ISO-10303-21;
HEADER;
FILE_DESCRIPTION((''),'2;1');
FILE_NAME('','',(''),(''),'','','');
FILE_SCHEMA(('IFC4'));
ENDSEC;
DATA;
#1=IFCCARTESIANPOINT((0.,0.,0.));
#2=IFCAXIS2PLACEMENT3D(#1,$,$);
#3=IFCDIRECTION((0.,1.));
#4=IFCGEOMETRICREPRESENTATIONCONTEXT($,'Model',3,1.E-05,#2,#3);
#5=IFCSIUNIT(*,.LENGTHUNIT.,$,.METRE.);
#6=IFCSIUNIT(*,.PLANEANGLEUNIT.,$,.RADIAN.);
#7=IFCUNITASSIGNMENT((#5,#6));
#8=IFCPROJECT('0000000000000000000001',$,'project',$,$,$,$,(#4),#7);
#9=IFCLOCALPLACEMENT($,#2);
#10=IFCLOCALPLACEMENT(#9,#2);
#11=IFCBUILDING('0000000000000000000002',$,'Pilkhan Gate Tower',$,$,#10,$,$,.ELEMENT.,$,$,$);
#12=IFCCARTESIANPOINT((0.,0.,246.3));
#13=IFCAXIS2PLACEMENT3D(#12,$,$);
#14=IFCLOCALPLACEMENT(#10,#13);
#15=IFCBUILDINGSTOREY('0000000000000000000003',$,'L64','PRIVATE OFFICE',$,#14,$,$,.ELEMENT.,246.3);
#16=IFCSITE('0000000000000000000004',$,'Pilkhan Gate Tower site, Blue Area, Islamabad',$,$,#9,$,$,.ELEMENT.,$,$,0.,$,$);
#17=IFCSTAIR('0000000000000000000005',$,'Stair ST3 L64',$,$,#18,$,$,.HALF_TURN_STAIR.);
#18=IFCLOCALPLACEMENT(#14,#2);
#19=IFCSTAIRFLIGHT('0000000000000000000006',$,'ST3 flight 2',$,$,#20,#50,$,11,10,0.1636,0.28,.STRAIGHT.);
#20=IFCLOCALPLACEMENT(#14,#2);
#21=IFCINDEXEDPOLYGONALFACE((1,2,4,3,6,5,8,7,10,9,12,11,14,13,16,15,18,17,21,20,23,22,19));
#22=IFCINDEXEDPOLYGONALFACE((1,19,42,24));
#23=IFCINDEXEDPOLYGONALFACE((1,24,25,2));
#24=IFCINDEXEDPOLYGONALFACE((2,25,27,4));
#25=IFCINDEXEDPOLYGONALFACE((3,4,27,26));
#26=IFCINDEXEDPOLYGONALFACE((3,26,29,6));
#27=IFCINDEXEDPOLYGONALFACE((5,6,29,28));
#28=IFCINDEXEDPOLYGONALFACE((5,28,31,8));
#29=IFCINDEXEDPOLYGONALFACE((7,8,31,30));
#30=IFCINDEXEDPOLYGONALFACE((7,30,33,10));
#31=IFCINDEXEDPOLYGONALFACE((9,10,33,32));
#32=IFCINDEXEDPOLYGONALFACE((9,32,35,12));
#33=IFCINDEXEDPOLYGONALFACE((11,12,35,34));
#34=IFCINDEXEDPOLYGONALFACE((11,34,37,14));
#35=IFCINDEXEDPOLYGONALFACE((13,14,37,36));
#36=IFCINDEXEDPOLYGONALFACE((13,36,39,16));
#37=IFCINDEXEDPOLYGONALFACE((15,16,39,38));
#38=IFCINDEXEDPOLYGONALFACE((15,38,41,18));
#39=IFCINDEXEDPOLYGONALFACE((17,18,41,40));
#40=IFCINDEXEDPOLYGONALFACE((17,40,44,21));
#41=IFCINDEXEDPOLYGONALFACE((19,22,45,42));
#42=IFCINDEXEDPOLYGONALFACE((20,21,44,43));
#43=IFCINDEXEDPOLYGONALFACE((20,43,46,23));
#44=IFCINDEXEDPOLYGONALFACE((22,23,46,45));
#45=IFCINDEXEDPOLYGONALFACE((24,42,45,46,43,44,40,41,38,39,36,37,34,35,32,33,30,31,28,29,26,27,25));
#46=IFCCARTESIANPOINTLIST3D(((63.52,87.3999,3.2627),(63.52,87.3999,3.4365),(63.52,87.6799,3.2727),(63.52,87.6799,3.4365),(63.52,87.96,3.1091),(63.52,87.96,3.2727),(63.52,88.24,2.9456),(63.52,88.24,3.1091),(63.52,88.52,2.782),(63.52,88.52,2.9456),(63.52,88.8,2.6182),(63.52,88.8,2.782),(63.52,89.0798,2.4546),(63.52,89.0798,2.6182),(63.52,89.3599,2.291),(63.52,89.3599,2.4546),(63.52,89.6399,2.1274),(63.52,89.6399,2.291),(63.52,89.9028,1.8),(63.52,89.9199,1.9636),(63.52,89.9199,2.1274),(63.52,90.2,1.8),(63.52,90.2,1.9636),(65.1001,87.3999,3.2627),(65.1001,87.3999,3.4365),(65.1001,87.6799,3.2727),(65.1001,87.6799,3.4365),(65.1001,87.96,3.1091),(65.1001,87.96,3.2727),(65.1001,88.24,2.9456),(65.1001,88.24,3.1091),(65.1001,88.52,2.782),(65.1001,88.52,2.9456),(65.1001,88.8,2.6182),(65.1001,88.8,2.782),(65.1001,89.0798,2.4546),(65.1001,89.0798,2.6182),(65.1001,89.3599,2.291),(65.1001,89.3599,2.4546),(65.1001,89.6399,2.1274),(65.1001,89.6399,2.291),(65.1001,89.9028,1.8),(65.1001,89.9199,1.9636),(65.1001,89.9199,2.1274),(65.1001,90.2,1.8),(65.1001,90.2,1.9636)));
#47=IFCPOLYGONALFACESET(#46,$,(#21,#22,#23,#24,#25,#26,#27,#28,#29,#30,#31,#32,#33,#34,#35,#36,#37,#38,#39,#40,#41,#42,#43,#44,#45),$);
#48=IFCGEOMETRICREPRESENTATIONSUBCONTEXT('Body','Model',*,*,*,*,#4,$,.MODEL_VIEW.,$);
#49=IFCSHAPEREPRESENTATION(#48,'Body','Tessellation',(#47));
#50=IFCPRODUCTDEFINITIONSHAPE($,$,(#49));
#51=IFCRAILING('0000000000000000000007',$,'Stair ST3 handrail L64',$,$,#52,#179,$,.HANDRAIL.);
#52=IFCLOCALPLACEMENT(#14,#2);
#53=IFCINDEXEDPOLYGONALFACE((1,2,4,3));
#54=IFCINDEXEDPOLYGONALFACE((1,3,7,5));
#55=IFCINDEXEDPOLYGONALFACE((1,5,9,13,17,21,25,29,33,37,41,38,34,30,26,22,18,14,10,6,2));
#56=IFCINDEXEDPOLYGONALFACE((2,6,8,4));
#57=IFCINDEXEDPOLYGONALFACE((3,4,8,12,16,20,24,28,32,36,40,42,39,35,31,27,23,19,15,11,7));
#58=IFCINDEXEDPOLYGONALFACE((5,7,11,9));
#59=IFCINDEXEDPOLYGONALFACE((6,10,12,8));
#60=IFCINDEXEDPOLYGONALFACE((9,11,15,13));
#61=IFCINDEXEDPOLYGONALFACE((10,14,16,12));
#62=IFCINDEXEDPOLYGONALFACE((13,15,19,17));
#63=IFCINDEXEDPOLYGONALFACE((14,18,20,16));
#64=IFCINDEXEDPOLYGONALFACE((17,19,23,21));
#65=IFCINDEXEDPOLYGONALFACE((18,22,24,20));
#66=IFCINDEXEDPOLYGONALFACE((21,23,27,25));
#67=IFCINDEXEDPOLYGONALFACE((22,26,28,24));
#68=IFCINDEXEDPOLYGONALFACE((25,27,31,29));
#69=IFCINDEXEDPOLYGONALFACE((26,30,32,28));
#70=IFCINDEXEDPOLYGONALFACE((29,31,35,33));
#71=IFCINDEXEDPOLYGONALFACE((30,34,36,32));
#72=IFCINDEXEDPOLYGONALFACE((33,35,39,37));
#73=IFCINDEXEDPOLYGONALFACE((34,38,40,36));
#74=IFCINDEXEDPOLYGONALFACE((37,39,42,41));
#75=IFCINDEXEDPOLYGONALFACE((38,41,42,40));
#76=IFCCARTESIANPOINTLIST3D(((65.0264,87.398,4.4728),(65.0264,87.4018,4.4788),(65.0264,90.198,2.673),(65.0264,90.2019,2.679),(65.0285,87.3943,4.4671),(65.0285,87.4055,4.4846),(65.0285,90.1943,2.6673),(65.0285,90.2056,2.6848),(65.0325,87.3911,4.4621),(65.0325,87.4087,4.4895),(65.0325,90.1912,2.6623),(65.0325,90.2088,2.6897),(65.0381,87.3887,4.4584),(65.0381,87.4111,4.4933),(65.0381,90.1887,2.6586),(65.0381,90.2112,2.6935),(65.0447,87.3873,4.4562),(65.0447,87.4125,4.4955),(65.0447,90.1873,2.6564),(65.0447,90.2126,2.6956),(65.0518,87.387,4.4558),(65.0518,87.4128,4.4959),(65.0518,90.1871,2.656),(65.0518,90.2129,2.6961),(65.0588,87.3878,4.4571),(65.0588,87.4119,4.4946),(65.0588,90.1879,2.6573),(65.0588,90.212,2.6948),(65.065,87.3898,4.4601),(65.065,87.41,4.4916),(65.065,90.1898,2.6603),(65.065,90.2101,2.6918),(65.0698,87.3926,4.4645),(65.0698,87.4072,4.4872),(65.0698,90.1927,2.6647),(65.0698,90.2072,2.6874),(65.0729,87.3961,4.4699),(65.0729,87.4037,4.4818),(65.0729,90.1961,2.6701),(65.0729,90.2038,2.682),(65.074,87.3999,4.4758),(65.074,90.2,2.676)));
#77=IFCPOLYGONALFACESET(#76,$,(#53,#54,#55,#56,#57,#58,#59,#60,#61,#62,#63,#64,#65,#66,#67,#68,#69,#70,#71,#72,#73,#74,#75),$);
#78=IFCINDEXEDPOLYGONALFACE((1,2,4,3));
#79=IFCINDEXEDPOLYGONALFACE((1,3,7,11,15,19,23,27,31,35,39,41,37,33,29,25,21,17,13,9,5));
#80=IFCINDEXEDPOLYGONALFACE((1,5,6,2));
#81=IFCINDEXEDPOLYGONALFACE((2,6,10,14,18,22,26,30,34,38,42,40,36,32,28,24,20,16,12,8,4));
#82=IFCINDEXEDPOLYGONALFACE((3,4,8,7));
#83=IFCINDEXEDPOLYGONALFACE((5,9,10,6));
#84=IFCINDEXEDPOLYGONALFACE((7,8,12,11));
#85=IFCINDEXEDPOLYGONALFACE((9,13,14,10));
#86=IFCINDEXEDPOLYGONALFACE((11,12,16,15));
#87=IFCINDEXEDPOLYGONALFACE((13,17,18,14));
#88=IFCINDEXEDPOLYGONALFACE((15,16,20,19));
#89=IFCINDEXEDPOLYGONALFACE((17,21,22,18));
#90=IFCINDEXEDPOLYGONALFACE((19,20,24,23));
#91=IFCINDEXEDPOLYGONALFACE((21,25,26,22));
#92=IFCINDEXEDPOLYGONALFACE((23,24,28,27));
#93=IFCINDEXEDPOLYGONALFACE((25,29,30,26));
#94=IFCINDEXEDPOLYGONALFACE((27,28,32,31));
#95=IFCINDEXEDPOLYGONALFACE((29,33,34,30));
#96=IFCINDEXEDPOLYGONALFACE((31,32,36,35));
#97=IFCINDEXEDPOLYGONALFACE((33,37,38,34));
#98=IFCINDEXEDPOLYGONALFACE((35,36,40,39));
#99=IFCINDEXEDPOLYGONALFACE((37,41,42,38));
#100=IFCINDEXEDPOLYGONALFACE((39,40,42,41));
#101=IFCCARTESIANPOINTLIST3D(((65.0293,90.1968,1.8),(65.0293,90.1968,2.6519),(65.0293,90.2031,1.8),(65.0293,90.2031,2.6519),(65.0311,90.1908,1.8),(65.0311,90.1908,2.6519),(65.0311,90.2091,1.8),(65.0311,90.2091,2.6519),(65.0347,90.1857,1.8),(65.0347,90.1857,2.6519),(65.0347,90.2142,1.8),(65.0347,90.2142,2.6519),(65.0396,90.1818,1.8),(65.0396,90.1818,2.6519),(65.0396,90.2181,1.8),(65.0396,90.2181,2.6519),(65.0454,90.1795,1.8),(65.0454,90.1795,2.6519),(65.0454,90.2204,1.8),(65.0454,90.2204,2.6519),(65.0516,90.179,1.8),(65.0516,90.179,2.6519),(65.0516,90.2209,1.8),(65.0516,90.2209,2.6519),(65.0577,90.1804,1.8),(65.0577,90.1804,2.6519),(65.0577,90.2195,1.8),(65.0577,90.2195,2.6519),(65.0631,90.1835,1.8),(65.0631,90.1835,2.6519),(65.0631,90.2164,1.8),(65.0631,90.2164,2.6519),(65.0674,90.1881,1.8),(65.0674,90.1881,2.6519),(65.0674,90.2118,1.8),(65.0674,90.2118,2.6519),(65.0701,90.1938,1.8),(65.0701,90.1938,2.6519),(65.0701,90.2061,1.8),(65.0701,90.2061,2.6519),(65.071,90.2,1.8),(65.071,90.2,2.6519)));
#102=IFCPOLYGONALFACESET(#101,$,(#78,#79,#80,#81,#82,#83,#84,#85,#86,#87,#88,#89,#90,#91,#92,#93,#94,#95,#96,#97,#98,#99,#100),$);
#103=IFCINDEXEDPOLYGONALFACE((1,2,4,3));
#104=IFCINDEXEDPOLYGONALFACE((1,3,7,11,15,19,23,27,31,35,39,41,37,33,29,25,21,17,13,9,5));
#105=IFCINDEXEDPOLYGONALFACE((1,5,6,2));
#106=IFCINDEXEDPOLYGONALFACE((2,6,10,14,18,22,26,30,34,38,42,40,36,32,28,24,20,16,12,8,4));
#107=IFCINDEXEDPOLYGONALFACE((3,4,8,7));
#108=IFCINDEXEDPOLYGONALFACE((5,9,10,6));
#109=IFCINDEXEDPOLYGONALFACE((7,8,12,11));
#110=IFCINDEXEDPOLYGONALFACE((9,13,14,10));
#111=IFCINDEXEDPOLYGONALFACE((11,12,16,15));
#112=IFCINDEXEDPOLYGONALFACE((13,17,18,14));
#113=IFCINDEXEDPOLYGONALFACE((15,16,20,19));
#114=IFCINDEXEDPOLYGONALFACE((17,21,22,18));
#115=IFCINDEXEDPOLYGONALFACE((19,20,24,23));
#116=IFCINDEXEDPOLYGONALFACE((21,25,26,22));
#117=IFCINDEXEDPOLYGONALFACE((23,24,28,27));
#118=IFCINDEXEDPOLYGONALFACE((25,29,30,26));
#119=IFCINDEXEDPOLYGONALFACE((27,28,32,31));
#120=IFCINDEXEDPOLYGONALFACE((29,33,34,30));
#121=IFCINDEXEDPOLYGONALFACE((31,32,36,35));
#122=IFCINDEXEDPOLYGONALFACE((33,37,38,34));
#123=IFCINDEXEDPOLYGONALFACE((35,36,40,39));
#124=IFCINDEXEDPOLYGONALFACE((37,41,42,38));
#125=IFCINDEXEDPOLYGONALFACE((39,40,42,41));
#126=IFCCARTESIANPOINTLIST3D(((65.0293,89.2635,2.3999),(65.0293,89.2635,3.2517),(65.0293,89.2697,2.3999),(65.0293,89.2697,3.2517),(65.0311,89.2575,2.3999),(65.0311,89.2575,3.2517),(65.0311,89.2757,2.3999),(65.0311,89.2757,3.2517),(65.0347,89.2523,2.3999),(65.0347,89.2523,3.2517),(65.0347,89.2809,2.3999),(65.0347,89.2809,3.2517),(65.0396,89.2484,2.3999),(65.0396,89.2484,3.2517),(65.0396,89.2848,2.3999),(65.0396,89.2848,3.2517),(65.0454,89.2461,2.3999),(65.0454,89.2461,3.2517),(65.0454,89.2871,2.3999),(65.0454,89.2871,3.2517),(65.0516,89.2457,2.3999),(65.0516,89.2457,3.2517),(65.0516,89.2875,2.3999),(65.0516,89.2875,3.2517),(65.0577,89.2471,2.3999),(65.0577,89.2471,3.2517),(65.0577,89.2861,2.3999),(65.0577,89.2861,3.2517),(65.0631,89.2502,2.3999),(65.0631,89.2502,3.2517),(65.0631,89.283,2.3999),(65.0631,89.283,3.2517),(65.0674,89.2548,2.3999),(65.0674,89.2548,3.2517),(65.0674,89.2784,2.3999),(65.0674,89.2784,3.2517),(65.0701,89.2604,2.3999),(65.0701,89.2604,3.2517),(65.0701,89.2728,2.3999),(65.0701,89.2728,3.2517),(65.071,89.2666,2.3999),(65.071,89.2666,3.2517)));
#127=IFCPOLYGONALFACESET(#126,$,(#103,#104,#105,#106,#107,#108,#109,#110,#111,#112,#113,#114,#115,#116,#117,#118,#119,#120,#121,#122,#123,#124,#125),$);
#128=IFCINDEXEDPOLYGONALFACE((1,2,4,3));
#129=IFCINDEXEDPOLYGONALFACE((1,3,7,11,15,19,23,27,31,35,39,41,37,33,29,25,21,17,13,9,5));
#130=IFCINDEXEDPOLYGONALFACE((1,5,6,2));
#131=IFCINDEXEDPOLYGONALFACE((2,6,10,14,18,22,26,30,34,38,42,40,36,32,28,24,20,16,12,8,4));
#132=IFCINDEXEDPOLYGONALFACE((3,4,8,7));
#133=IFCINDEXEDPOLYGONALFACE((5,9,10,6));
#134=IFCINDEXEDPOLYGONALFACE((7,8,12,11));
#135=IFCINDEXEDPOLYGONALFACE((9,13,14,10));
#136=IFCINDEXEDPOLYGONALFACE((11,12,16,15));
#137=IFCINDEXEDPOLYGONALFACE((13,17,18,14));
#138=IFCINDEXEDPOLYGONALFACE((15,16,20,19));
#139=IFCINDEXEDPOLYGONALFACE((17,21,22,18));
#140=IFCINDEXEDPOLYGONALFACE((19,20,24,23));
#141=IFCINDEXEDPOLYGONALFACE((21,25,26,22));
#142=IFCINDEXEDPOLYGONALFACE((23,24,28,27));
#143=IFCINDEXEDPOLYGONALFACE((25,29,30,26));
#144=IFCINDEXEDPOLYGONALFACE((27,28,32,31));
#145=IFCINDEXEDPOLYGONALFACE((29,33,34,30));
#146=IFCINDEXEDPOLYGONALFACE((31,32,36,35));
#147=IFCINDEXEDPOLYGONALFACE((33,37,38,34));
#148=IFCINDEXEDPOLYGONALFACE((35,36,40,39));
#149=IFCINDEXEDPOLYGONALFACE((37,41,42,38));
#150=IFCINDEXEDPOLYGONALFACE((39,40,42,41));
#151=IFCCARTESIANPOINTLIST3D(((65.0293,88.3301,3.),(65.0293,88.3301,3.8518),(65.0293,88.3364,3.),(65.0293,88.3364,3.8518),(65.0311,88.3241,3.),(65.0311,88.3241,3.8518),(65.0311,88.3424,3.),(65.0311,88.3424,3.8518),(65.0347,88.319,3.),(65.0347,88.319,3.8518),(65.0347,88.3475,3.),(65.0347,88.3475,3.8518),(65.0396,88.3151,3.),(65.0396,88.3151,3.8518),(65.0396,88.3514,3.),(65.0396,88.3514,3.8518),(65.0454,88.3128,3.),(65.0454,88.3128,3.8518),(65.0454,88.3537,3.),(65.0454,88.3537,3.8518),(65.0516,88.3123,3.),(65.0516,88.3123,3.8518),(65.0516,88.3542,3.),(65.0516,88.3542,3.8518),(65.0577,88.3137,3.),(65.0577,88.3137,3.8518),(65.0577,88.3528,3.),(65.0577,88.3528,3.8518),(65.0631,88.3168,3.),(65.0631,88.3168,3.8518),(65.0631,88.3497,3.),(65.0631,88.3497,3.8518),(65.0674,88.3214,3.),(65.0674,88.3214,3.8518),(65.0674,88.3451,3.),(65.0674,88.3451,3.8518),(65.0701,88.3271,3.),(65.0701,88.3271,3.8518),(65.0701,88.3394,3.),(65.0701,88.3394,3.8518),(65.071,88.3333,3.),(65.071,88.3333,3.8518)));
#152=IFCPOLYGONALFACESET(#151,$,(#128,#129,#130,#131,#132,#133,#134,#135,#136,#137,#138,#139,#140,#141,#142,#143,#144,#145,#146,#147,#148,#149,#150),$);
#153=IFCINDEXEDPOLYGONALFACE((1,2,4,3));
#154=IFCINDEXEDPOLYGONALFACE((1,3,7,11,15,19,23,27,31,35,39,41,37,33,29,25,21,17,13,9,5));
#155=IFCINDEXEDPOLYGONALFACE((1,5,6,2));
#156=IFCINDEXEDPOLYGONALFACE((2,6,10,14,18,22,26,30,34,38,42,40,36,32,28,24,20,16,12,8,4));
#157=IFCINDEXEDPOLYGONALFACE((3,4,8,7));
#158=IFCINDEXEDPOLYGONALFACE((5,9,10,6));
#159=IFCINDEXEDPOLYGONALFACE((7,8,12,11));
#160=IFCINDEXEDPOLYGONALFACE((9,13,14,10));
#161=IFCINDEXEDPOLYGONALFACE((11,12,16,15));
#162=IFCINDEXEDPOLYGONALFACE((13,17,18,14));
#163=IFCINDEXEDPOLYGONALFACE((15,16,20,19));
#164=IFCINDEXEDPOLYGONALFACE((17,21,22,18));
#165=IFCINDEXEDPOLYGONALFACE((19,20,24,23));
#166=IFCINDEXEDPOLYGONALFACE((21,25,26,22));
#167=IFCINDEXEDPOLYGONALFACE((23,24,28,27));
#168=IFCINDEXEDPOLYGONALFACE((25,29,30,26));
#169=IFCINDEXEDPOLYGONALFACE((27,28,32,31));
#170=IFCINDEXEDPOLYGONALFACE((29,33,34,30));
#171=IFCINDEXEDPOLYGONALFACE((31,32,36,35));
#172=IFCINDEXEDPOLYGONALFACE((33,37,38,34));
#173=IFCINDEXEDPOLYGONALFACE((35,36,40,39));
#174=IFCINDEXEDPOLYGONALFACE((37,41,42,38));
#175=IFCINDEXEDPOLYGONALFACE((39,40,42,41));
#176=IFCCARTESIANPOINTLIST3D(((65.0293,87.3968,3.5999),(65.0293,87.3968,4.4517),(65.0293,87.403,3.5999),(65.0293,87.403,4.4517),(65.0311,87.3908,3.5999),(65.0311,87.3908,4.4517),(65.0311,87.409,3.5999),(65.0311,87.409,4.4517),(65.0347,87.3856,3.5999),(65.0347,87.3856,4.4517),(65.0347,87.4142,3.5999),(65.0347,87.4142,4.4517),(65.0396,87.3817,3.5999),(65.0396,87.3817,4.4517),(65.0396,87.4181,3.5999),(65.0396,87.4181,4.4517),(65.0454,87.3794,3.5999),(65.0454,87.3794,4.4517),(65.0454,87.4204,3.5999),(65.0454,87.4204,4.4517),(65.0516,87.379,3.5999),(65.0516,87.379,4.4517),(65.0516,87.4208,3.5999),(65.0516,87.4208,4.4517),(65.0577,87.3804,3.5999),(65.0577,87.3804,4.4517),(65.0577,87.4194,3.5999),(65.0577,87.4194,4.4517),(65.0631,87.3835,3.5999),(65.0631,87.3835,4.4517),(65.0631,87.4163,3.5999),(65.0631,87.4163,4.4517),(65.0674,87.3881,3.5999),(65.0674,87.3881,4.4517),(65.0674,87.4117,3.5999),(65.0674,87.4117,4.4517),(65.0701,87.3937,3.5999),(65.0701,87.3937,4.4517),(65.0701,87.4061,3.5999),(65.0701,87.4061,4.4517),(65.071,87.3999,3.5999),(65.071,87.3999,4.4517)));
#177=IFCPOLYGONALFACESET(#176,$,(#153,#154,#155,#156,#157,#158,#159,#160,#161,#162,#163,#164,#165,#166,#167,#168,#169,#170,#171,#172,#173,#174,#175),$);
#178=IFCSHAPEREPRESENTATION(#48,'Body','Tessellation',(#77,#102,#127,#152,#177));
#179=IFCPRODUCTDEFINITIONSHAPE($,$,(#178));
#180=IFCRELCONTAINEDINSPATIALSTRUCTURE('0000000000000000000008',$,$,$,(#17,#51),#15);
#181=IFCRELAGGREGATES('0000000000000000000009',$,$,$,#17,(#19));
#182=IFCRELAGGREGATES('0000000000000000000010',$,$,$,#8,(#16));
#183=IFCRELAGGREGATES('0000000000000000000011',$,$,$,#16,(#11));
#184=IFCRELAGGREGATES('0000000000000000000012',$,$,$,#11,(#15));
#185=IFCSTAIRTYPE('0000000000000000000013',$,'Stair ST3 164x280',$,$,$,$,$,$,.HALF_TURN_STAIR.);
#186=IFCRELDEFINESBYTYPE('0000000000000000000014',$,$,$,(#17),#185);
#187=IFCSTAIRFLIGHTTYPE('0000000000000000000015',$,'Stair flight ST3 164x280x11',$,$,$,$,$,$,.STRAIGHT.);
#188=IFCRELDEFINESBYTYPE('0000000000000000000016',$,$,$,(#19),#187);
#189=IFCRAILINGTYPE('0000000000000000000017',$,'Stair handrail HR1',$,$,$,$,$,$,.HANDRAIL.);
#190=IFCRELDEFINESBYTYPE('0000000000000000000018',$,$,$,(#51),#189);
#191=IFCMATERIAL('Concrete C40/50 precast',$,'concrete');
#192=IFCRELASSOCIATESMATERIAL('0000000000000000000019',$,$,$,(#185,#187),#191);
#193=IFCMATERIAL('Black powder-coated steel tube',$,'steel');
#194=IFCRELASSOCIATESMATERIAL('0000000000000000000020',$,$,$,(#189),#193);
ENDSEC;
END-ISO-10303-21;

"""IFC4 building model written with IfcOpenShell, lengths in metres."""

from ifc_helpers import new_model, si_unit, direction, frame, origin, origin_2d, place, context, subcontext, project, spatial, polyline, circle, outline, extrude, material, type_object, element, aggregate, save


model = new_model("IFC4")

# Units and contexts
model_context = context("Model", 3, precision=1e-05, world=origin(), true_north=direction((0.0, 1.0)))
body_context = subcontext(model_context, "Body", "Model", "MODEL_VIEW")
ifc_project = project(units=[si_unit("LENGTHUNIT", "METRE"), si_unit("PLANEANGLEUNIT", "RADIAN")], contexts=[model_context])

# Site, building, storey
site_placement = place(None, origin())
site = spatial("IfcSite", under=ifc_project, at=site_placement, Name="Pilkhan Gate Tower site, Blue Area, Islamabad", CompositionType="ELEMENT", RefElevation=0.0)
building_placement = place(site_placement, origin())
building = spatial("IfcBuilding", under=site, at=building_placement, Name="Pilkhan Gate Tower", CompositionType="ELEMENT")
storey_placement = place(building_placement, frame((0.0, 0.0, 246.3)))
storey = spatial("IfcBuildingStorey", under=building, at=storey_placement, Name="L64", Description="PRIVATE OFFICE", CompositionType="ELEMENT", Elevation=246.3)

# Stair, stair flight
ifc_material_1 = material(Name="Concrete C40/50 precast", Category="concrete")
stair_type = type_object("IfcStairType", Name="Stair ST3 164x280", PredefinedType="HALF_TURN_STAIR", material=ifc_material_1)
stair_placement = place(storey_placement, origin())
stair = element("IfcStair", 1, at=stair_placement, inside=storey, type_object=stair_type, Name="Stair ST3 L64", PredefinedType="HALF_TURN_STAIR")
stair_flight_type = type_object("IfcStairFlightType", Name="Stair flight ST3 164x280x11", PredefinedType="STRAIGHT", material=ifc_material_1)
stair_flight_placement = place(storey_placement, frame((64.3101, 90.2, 1.8), z_axis=(0.0, 0.0, 1.0), x_axis=(0.0, -1.0, 0.0)))
stair_flight = element("IfcStairFlight", 2, at=stair_flight_placement, type_object=stair_flight_type, Name="ST3 flight 2", NumberOfRisers=11, NumberOfTreads=10, PredefinedType="STRAIGHT", RiserHeight=0.1636, TreadLength=0.28, context=body_context, shape_type="SweptSolid", body=[
    extrude(outline(polyline([(0.0, 0.0), (0.0, 0.1636), (0.28, 0.1636), (0.28, 0.3274), (0.5601, 0.3274), (0.5601, 0.491), (0.8401, 0.491), (0.8401, 0.6545), (1.1201, 0.6545), (1.1201, 0.8181), (1.3999, 0.8181), (1.3999, 0.9819), (1.6799, 0.9819), (1.6799, 1.1455), (1.96, 1.1455), (1.96, 1.3091), (2.24, 1.3091), (2.24, 1.4727), (2.52, 1.4727), (2.52, 1.6365), (2.8, 1.6365), (2.8, 1.8), (2.8, 1.4626), (0.2971, 0.0), (0.0, 0.0)])), frame((0.0, 0.79, 0.0), z_axis=(0.0, -1.0, 0.0), x_axis=(1.0, 0.0, 0.0)), (0.0, 0.0, 1.0), 1.5801),
])
aggregate(stair, [stair_flight])

# Railing
ifc_material_2 = material(Name="Black powder-coated steel tube", Category="steel")
railing_type_1 = type_object("IfcRailingType", Name="Stair handrail HR1", PredefinedType="HANDRAIL", material=ifc_material_2)
railing_1_placement = place(storey_placement, frame((65.05, 90.2, 1.8)))
element("IfcRailing", 3, at=railing_1_placement, inside=storey, type_object=railing_type_1, Name="Stair ST3 handrail L64", PredefinedType="HANDRAIL", context=body_context, shape_type="SweptSolid", body=[
    extrude(circle(Radius=0.0239, at=origin_2d()), frame((0.0, 0.0, 0.876), z_axis=(0.0, -0.841209, 0.540709), x_axis=(1.0, 0.0, 0.0)), (0.0, 0.0, 1.0), 3.3286),
    extrude(circle(Radius=0.021, at=origin_2d()), origin(), (0.0, 0.0, 1.0), 0.8518),
    extrude(circle(Radius=0.021, at=origin_2d()), frame((0.0, -0.9333, 0.5999)), (0.0, 0.0, 1.0), 0.8518),
    extrude(circle(Radius=0.021, at=origin_2d()), frame((0.0, -1.8667, 1.2)), (0.0, 0.0, 1.0), 0.8518),
    extrude(circle(Radius=0.021, at=origin_2d()), frame((0.0, -2.8, 1.7998)), (0.0, 0.0, 1.0), 0.8518),
])

save(model, "model.ifc")
